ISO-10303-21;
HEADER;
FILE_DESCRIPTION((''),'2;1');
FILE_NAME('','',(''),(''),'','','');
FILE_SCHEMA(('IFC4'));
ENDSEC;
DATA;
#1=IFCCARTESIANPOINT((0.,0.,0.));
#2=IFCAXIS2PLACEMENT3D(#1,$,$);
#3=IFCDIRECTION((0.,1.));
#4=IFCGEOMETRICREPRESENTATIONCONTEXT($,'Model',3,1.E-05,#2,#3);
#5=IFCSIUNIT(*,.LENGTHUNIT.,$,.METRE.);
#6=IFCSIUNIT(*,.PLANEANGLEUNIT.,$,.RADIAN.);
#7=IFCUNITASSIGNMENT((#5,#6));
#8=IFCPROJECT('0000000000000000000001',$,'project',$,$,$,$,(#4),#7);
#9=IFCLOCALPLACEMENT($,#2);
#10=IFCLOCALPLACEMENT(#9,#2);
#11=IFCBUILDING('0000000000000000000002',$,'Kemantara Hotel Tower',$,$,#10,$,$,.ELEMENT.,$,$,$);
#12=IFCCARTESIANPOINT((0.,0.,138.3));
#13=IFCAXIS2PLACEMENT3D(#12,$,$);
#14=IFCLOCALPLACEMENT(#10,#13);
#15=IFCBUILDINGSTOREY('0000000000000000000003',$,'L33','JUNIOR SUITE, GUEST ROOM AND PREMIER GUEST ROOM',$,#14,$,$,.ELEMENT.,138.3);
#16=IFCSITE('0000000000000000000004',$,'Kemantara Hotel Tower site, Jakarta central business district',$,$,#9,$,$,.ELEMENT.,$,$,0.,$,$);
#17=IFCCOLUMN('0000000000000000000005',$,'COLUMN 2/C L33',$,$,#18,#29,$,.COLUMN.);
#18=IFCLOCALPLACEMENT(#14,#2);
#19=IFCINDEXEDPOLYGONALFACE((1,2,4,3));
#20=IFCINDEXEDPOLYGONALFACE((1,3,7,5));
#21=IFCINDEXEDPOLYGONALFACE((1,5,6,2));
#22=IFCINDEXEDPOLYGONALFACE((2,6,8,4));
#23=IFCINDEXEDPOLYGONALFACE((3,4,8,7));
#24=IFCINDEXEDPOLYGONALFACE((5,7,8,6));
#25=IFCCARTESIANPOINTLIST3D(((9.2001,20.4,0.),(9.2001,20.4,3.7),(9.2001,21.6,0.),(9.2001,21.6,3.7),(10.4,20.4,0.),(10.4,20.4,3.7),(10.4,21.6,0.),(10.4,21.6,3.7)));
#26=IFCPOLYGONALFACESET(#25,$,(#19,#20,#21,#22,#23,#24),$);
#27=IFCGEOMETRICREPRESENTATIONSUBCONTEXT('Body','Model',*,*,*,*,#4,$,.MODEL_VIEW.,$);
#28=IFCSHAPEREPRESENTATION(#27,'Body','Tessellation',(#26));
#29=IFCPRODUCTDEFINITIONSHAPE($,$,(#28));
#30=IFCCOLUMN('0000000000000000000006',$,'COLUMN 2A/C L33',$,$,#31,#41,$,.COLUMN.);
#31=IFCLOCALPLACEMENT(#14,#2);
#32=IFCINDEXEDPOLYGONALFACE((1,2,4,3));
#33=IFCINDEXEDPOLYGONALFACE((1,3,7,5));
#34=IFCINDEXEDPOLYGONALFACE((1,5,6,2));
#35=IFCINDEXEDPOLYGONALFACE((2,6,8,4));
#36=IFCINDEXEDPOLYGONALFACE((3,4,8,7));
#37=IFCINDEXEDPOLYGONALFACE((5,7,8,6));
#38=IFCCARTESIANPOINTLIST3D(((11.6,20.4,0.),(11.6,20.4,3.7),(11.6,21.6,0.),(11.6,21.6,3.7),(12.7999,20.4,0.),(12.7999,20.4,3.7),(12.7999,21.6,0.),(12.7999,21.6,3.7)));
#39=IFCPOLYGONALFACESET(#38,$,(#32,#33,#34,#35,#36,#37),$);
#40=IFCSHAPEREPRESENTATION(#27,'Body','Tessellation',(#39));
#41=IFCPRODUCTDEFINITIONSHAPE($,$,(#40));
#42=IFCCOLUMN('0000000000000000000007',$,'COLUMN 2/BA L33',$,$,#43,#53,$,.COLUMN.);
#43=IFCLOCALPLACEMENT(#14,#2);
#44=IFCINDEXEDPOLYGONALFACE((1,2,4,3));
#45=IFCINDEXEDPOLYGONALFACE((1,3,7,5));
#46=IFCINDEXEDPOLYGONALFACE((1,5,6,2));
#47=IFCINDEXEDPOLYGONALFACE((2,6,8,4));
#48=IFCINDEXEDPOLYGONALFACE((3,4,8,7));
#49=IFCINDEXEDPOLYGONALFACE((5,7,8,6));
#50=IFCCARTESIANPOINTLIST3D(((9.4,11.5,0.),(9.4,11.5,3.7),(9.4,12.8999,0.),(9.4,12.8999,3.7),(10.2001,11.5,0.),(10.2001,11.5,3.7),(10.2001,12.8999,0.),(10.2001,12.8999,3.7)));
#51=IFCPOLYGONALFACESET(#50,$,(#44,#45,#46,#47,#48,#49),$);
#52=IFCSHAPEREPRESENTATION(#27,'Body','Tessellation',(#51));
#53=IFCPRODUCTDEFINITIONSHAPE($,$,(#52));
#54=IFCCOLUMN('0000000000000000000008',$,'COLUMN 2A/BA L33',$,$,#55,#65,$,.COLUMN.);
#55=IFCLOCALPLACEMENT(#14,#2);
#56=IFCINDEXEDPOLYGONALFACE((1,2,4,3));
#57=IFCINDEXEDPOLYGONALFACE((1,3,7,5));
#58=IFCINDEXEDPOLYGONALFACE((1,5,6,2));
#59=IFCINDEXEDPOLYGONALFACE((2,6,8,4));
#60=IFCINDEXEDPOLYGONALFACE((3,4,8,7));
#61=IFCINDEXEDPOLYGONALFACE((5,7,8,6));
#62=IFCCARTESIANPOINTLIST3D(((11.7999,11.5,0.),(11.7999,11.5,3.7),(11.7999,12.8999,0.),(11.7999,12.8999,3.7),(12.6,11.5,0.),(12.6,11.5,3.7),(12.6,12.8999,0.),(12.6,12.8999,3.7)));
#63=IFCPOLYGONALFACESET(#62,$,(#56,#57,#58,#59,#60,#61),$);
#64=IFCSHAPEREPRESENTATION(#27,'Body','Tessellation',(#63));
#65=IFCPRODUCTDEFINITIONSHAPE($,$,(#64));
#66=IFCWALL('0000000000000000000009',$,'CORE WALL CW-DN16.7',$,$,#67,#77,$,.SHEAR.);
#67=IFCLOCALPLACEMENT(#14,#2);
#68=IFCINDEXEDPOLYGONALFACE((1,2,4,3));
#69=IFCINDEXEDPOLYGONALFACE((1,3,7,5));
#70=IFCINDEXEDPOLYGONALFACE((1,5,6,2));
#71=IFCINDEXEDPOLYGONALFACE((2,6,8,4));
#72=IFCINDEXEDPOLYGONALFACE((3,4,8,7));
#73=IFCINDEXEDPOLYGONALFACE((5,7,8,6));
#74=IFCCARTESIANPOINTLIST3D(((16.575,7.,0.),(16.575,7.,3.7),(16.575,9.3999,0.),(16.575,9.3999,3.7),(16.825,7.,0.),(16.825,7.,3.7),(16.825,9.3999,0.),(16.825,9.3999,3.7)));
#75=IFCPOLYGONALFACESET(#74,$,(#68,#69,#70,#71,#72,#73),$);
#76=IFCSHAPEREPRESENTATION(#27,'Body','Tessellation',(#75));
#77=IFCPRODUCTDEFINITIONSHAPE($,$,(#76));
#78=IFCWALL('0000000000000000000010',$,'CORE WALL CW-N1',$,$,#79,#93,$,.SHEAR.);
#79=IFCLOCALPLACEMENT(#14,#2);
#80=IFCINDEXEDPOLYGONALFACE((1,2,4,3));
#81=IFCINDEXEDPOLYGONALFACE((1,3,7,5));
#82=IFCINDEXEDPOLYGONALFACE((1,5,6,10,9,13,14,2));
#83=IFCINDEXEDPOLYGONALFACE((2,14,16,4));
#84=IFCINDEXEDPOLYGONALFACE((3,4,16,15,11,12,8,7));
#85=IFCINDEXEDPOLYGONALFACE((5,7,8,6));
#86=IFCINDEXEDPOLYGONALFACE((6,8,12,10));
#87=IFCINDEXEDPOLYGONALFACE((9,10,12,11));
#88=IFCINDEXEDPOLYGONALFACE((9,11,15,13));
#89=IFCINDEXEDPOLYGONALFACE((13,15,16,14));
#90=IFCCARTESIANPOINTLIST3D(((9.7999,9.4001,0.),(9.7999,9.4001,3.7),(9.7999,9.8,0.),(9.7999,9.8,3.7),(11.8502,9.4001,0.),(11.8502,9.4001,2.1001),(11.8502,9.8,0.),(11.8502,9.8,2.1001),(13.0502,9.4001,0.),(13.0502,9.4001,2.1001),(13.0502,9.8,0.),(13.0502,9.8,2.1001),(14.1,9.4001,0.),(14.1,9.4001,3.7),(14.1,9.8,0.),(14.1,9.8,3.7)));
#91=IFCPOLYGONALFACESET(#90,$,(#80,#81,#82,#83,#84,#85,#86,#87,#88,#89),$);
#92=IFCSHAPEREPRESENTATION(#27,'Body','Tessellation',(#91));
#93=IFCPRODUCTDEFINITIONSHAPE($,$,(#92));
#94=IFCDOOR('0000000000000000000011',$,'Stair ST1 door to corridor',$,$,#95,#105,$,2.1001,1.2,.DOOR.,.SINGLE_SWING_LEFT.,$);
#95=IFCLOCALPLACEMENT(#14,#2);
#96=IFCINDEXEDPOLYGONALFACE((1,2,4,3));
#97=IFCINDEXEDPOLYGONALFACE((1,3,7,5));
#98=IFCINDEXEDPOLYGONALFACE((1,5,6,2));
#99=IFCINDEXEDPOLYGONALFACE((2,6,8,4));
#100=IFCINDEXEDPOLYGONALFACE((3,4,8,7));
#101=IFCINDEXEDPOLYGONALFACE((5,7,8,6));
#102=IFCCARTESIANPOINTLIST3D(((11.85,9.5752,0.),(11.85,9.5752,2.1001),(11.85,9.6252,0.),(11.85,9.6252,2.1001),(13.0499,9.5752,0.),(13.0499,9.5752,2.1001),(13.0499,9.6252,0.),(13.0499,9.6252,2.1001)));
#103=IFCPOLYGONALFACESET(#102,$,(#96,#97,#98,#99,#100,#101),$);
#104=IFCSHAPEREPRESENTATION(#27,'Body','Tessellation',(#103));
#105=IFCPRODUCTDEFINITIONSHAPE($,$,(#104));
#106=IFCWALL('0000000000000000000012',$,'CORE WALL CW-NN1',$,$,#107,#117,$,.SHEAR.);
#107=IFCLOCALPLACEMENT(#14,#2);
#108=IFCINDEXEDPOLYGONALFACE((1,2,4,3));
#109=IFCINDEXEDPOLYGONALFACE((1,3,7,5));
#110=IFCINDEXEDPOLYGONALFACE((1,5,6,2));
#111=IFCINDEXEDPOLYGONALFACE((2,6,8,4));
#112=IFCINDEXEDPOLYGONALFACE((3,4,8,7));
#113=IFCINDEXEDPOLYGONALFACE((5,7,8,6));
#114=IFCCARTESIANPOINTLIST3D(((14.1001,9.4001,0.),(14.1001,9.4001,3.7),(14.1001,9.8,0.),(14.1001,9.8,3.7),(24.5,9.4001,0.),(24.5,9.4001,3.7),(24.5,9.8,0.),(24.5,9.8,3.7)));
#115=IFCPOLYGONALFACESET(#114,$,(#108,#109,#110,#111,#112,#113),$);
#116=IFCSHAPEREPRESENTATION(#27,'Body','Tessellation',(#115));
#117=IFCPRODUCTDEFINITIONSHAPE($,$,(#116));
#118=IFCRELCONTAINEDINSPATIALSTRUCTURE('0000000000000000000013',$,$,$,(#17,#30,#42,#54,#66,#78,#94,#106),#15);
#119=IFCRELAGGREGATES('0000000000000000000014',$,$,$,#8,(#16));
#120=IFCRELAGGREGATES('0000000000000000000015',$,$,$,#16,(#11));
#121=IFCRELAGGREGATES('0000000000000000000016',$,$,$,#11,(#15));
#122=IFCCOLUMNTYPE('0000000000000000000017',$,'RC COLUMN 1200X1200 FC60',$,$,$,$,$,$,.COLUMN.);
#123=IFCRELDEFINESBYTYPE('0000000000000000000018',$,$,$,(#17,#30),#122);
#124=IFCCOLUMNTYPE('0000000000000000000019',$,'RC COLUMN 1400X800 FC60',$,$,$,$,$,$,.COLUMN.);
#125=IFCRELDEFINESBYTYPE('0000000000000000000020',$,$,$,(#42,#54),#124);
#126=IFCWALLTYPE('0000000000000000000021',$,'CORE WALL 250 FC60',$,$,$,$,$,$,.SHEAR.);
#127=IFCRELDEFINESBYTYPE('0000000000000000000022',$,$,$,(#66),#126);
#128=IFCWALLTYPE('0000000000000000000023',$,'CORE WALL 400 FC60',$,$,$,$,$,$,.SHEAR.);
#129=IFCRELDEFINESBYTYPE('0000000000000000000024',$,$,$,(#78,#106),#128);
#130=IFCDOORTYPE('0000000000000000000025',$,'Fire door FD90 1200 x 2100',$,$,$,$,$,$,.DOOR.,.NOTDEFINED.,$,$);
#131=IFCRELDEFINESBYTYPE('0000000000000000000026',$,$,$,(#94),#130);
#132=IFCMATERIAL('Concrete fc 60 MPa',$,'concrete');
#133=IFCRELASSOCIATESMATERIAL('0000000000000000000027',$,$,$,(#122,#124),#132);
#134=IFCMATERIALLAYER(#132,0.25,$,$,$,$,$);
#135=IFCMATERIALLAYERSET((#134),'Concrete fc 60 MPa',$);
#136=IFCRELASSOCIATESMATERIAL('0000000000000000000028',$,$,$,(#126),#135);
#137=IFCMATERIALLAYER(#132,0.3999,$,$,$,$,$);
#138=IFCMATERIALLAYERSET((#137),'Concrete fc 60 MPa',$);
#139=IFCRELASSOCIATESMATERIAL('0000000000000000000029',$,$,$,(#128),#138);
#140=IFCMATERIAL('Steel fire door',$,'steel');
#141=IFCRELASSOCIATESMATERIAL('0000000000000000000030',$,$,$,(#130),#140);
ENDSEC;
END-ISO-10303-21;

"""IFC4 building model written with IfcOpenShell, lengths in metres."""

from ifc_helpers import new_model, si_unit, direction, frame, frame_2d, origin, origin_2d, place, context, subcontext, project, spatial, rectangle, extrude, material, layer, layer_set, material_profile, profile_set, type_object, element, fill, save


model = new_model("IFC4")

# Units and contexts
model_context = context("Model", 3, precision=1e-05, world=origin(), true_north=direction((0.0, 1.0)))
body_context = subcontext(model_context, "Body", "Model", "MODEL_VIEW")
ifc_project = project(units=[si_unit("LENGTHUNIT", "METRE"), si_unit("PLANEANGLEUNIT", "RADIAN")], contexts=[model_context])

# Site, building, storey
site_placement = place(None, origin())
site = spatial("IfcSite", under=ifc_project, at=site_placement, Name="Kemantara Hotel Tower site, Jakarta central business district", CompositionType="ELEMENT", RefElevation=0.0)
building_placement = place(site_placement, origin())
building = spatial("IfcBuilding", under=site, at=building_placement, Name="Kemantara Hotel Tower", CompositionType="ELEMENT")
storey_placement = place(building_placement, frame((0.0, 0.0, 138.3)))
storey = spatial("IfcBuildingStorey", under=building, at=storey_placement, Name="L33", Description="JUNIOR SUITE, GUEST ROOM AND PREMIER GUEST ROOM", CompositionType="ELEMENT", Elevation=138.3)

# Columns
ifc_material_1 = material(Name="Concrete fc 60 MPa", Category="concrete")
ifc_material_profile_1 = material_profile(ifc_material_1, rectangle(XDim=1.2, YDim=1.2, at=origin_2d()), Name="RC 1200X1200")
ifc_profile_set_1 = profile_set([ifc_material_profile_1], Name="Concrete fc 60 MPa")
column_type_1 = type_object("IfcColumnType", Name="RC COLUMN 1200X1200 FC60", PredefinedType="COLUMN", material=ifc_profile_set_1)
for number, where, z_axis, x_axis, name in (
    (1, (9.8, 21.0, 0.0), (0.0, 0.0, 1.0), (1.0, 0.0, 0.0), "COLUMN 2/C L33"),
    (2, (12.2, 21.0, 0.0), (0.0, 0.0, 1.0), (1.0, 0.0, 0.0), "COLUMN 2A/C L33"),
):
    element("IfcColumn", number, at=place(storey_placement, frame(where, z_axis=z_axis, x_axis=x_axis)), inside=storey, type_object=column_type_1, Name=name, PredefinedType="COLUMN", context=body_context, shape_type="SweptSolid", body=[
        extrude(rectangle(XDim=1.2, YDim=1.2, at=origin_2d()), origin(), (0.0, 0.0, 1.0), 3.7),
    ])
ifc_material_profile_2 = material_profile(ifc_material_1, rectangle(XDim=1.3999, YDim=0.8, at=origin_2d()), Name="RC 1400X800")
ifc_profile_set_2 = profile_set([ifc_material_profile_2], Name="Concrete fc 60 MPa")
column_type_2 = type_object("IfcColumnType", Name="RC COLUMN 1400X800 FC60", PredefinedType="COLUMN", material=ifc_profile_set_2)
for number, where, z_axis, x_axis, name in (
    (3, (9.8, 12.2, 0.0), (0.0, 0.0, 1.0), (0.0, 1.0, 0.0), "COLUMN 2/BA L33"),
    (4, (12.2, 12.2, 0.0), (0.0, 0.0, 1.0), (0.0, 1.0, 0.0), "COLUMN 2A/BA L33"),
):
    element("IfcColumn", number, at=place(storey_placement, frame(where, z_axis=z_axis, x_axis=x_axis)), inside=storey, type_object=column_type_2, Name=name, PredefinedType="COLUMN", context=body_context, shape_type="SweptSolid", body=[
        extrude(rectangle(XDim=1.3999, YDim=0.8, at=origin_2d()), origin(), (0.0, 0.0, 1.0), 3.7),
    ])

# Wall
ifc_layer_1 = layer(ifc_material_1, 0.25)
ifc_layer_set_1 = layer_set([ifc_layer_1], Name="Concrete fc 60 MPa")
wall_type_1 = type_object("IfcWallType", Name="CORE WALL 250 FC60", PredefinedType="SHEAR", material=ifc_layer_set_1)
wall_1_placement = place(storey_placement, frame((16.7, 7.0, 0.0), z_axis=(0.0, 0.0, 1.0), x_axis=(0.0, 1.0, 0.0)))
element("IfcWall", 5, at=wall_1_placement, inside=storey, type_object=wall_type_1, Name="CORE WALL CW-DN16.7", PredefinedType="SHEAR", context=body_context, shape_type="SweptSolid", body=[
    extrude(rectangle(XDim=2.3999, YDim=0.25, at=frame_2d((1.2, 0.0))), origin(), (0.0, 0.0, 1.0), 3.7),
])

# Wall, opening, door
ifc_layer_2 = layer(ifc_material_1, 0.3999)
ifc_layer_set_2 = layer_set([ifc_layer_2], Name="Concrete fc 60 MPa")
wall_type_2 = type_object("IfcWallType", Name="CORE WALL 400 FC60", PredefinedType="SHEAR", material=ifc_layer_set_2)
wall_2_placement = place(storey_placement, frame((9.8, 9.6001, 0.0), z_axis=(0.0, 0.0, 1.0), x_axis=(1.0, 0.0, 0.0)))
wall_2 = element("IfcWall", 6, at=wall_2_placement, inside=storey, type_object=wall_type_2, Name="CORE WALL CW-N1", PredefinedType="SHEAR", context=body_context, shape_type="SweptSolid", body=[
    extrude(rectangle(XDim=4.3, YDim=0.3999, at=frame_2d((2.1499, 0.0))), origin(), (0.0, 0.0, 1.0), 3.7),
])
opening_1_placement = place(wall_2_placement, frame((2.05, 0.0, 0.0)))
opening_1 = element("IfcOpeningElement", 7, at=opening_1_placement, cuts=wall_2, PredefinedType="OPENING", context=body_context, shape_type="SweptSolid", body=[
    extrude(rectangle(XDim=1.2, YDim=2.1001, at=frame_2d((0.6001, 1.05))), frame((0.0, 0.21, 0.0), z_axis=(0.0, -1.0, 0.0), x_axis=(1.0, 0.0, 0.0)), (0.0, 0.0, 1.0), 0.4199),
])
ifc_material_2 = material(Name="Steel fire door", Category="steel")
door_type_1 = type_object("IfcDoorType", Name="Fire door FD90 1200 x 2100", OperationType="NOTDEFINED", PredefinedType="DOOR", material=ifc_material_2)
door_1_placement = place(opening_1_placement, frame((1.2, 0.0, 0.0), z_axis=(0.0, 0.0, 1.0), x_axis=(-1.0, 0.0, 0.0)))
door_1 = element("IfcDoor", 8, at=door_1_placement, inside=storey, type_object=door_type_1, Name="Stair ST1 door to corridor", OperationType="SINGLE_SWING_LEFT", OverallHeight=2.1001, OverallWidth=1.2, PredefinedType="DOOR", context=body_context, shape_type="SweptSolid", body=[
    extrude(rectangle(XDim=1.2, YDim=2.1001, at=frame_2d((0.6001, 1.05))), frame((0.0, 0.0249, 0.0), z_axis=(0.0, -1.0, 0.0), x_axis=(1.0, 0.0, 0.0)), (0.0, 0.0, 1.0), 0.05),
])
fill(opening_1, door_1)

# Wall
wall_3_placement = place(storey_placement, frame((14.1001, 9.6001, 0.0), z_axis=(0.0, 0.0, 1.0), x_axis=(1.0, 0.0, 0.0)))
element("IfcWall", 9, at=wall_3_placement, inside=storey, type_object=wall_type_2, Name="CORE WALL CW-NN1", PredefinedType="SHEAR", context=body_context, shape_type="SweptSolid", body=[
    extrude(rectangle(XDim=10.3999, YDim=0.3999, at=frame_2d((5.2, 0.0))), origin(), (0.0, 0.0, 1.0), 3.7),
])

save(model, "model.ifc")
